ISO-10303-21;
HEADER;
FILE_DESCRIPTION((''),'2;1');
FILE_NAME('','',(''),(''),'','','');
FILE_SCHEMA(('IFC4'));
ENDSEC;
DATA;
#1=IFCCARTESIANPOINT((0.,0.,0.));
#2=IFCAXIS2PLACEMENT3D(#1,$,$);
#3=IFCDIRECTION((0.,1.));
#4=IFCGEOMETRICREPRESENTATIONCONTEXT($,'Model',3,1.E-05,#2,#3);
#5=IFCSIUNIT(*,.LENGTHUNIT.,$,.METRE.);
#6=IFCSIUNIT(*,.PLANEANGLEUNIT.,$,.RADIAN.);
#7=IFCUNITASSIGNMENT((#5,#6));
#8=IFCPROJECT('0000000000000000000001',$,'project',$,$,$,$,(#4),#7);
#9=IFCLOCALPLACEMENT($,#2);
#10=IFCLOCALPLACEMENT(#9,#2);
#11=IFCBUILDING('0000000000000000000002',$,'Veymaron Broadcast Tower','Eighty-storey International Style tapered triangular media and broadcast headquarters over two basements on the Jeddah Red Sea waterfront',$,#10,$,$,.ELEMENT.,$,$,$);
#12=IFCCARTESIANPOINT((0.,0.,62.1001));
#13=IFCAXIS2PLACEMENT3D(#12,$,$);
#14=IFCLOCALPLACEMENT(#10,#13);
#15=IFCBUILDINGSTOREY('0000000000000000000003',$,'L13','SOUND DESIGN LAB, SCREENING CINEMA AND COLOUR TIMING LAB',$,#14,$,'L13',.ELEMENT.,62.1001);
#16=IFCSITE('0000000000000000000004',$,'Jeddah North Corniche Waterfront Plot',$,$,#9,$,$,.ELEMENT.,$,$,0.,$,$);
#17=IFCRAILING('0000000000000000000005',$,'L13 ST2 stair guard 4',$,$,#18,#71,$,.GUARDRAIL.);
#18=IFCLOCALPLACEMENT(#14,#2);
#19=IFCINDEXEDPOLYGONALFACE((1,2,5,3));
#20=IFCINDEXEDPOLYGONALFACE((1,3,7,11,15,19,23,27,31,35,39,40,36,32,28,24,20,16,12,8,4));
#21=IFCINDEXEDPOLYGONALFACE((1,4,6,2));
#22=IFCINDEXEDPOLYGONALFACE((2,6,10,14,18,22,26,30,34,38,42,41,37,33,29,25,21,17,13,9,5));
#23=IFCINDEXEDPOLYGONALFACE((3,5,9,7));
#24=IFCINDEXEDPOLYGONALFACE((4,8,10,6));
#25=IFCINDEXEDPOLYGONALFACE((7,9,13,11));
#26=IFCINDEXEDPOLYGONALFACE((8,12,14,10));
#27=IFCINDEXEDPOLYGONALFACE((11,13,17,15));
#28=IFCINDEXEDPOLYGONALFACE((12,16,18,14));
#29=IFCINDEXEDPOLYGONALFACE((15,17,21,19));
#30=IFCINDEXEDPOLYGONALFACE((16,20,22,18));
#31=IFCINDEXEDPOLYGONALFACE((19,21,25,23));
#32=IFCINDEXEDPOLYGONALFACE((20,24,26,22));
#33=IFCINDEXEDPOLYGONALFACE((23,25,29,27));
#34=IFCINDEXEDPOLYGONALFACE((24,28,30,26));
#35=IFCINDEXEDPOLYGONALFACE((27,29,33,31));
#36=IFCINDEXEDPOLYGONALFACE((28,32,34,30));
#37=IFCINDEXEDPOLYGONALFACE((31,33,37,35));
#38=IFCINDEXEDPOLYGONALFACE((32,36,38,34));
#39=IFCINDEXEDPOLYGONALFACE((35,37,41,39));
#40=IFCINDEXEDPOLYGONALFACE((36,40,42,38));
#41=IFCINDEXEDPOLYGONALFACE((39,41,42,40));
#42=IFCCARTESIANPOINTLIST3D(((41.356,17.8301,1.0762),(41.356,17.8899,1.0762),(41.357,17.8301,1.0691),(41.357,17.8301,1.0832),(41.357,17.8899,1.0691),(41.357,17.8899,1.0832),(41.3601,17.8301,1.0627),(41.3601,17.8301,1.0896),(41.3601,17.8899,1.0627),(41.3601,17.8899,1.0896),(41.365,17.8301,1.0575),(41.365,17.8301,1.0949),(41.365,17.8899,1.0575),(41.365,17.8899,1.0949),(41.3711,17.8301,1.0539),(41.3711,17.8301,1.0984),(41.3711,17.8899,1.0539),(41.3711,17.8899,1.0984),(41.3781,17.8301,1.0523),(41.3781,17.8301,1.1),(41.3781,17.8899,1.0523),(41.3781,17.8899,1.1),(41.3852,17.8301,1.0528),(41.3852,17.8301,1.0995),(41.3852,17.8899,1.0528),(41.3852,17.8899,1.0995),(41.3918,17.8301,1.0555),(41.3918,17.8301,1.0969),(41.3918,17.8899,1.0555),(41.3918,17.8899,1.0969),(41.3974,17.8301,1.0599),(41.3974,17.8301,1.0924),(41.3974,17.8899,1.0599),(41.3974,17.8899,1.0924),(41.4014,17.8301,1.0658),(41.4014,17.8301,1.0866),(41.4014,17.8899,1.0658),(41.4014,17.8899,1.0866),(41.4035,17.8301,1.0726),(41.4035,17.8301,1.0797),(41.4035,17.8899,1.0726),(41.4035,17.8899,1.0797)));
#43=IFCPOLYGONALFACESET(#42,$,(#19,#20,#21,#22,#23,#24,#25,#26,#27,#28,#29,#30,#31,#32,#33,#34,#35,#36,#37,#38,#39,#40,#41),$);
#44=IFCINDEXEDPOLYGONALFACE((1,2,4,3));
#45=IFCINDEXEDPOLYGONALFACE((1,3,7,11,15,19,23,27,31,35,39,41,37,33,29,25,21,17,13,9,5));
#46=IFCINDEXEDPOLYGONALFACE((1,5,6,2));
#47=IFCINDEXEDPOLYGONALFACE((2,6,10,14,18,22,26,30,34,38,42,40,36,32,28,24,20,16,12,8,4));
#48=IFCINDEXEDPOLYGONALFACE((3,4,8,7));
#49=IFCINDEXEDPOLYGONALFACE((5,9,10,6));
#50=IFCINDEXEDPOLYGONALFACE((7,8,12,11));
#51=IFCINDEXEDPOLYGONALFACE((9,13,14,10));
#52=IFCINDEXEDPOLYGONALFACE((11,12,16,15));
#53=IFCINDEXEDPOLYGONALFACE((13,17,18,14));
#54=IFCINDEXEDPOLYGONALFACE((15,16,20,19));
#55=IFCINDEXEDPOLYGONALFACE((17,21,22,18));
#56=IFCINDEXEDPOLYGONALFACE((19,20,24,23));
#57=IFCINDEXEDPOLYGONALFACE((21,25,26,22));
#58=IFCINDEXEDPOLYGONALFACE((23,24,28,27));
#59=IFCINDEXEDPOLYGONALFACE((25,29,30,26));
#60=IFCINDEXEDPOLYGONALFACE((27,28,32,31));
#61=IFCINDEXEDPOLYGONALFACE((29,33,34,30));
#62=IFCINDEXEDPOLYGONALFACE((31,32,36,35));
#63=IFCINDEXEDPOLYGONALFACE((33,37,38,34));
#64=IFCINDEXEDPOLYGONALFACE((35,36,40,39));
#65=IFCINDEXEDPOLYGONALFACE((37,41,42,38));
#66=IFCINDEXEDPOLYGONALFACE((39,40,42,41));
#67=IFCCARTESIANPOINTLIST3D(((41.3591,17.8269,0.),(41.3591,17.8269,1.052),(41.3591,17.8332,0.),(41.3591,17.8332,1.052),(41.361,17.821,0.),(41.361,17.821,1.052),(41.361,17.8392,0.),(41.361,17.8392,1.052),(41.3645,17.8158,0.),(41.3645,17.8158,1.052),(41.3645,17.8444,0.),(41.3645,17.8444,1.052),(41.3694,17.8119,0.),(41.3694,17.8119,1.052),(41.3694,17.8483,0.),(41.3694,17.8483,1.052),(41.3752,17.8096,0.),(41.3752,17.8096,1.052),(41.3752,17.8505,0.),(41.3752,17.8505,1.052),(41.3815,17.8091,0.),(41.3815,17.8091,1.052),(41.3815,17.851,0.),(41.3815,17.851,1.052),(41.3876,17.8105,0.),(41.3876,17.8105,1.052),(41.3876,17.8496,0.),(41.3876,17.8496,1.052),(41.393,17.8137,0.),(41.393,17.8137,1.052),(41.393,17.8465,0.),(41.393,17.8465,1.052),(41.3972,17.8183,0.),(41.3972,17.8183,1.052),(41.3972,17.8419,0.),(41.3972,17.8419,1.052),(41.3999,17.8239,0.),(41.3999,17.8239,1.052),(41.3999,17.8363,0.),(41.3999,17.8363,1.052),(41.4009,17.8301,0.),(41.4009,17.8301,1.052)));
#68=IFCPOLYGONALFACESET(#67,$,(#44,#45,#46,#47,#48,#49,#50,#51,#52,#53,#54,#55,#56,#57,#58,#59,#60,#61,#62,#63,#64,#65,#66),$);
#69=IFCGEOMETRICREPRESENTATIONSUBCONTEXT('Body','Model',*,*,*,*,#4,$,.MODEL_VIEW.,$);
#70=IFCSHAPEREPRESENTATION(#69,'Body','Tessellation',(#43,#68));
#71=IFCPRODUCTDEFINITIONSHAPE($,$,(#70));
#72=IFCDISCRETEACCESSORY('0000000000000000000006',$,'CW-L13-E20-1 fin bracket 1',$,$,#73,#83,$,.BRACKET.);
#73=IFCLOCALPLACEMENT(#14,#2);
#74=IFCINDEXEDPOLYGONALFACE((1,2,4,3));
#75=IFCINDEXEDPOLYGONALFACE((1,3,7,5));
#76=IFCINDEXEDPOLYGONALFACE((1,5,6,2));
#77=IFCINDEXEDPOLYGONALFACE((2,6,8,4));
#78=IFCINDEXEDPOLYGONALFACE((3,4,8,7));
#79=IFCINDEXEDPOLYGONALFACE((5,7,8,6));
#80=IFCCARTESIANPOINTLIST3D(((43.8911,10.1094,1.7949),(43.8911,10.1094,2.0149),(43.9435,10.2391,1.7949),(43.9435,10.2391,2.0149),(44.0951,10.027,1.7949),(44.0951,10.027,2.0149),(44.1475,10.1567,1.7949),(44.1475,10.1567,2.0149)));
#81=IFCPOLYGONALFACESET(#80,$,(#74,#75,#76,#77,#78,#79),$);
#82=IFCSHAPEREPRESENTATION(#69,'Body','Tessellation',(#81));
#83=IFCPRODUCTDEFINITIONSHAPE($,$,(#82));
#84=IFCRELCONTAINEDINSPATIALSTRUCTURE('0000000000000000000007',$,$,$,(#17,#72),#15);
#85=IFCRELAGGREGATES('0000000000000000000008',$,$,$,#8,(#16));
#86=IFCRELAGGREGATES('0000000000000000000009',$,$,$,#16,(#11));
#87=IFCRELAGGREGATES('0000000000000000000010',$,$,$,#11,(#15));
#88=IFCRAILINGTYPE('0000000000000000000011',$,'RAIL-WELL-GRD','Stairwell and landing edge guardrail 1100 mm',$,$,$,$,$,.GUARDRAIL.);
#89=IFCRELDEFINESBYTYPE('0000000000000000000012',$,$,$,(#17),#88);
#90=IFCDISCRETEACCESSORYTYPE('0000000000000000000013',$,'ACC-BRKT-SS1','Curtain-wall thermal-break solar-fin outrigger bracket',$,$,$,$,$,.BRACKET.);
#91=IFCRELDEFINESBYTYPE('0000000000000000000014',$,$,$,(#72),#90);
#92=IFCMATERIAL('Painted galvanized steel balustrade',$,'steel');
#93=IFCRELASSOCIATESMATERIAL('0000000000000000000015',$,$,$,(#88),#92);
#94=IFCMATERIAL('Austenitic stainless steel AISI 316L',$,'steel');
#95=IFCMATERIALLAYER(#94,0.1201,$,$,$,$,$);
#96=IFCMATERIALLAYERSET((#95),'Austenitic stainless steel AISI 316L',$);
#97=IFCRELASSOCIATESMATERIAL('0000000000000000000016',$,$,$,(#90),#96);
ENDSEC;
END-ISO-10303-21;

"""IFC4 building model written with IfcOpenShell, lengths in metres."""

from ifc_helpers import new_model, si_unit, direction, frame, origin, origin_2d, place, context, subcontext, project, spatial, rectangle, circle, extrude, material, layer, layer_set, type_object, element, save


model = new_model("IFC4")

# Units and contexts
model_context = context("Model", 3, precision=1e-05, world=origin(), true_north=direction((0.0, 1.0)))
body_context = subcontext(model_context, "Body", "Model", "MODEL_VIEW")
ifc_project = project(units=[si_unit("LENGTHUNIT", "METRE"), si_unit("PLANEANGLEUNIT", "RADIAN")], contexts=[model_context])

# Site, building, storey
site_placement = place(None, origin())
site = spatial("IfcSite", under=ifc_project, at=site_placement, Name="Jeddah North Corniche Waterfront Plot", CompositionType="ELEMENT", RefElevation=0.0)
building_placement = place(site_placement, origin())
building = spatial("IfcBuilding", under=site, at=building_placement, Name="Veymaron Broadcast Tower", Description="Eighty-storey International Style tapered triangular media and broadcast headquarters over two basements on the Jeddah Red Sea waterfront", CompositionType="ELEMENT")
storey_placement = place(building_placement, frame((0.0, 0.0, 62.1001)))
storey = spatial("IfcBuildingStorey", under=building, at=storey_placement, Name="L13", Description="SOUND DESIGN LAB, SCREENING CINEMA AND COLOUR TIMING LAB", LongName="L13", CompositionType="ELEMENT", Elevation=62.1001)

# Railing
ifc_material_1 = material(Name="Painted galvanized steel balustrade", Category="steel")
railing_type_1 = type_object("IfcRailingType", Name="RAIL-WELL-GRD", Description="Stairwell and landing edge guardrail 1100 mm", PredefinedType="GUARDRAIL", material=ifc_material_1)
railing_1_placement = place(storey_placement, frame((41.3799, 17.8301, 0.0)))
element("IfcRailing", 1, at=railing_1_placement, inside=storey, type_object=railing_type_1, Name="L13 ST2 stair guard 4", PredefinedType="GUARDRAIL", context=body_context, shape_type="SweptSolid", body=[
    extrude(circle(Radius=0.0239, at=origin_2d()), frame((0.0, 0.0, 1.0762), z_axis=(0.0, 1.0, 0.0), x_axis=(-1.0, 0.0, 0.0)), (0.0, 0.0, 1.0), 0.0598),
    extrude(circle(Radius=0.021, at=origin_2d()), origin(), (0.0, 0.0, 1.0), 1.052),
])

# Discrete accessory
ifc_material_2 = material(Name="Austenitic stainless steel AISI 316L", Category="steel")
ifc_layer_1 = layer(ifc_material_2, 0.1201)
ifc_layer_set_1 = layer_set([ifc_layer_1], Name="Austenitic stainless steel AISI 316L")
discrete_accessory_type = type_object("IfcDiscreteAccessoryType", Name="ACC-BRKT-SS1", Description="Curtain-wall thermal-break solar-fin outrigger bracket", PredefinedType="BRACKET", material=ifc_layer_set_1)
discrete_accessory_placement = place(storey_placement, frame((44.0193, 10.1331, 1.7949), z_axis=(0.0, 0.0, 1.0), x_axis=(0.927145, -0.374704, 0.0)))
element("IfcDiscreteAccessory", 2, at=discrete_accessory_placement, inside=storey, type_object=discrete_accessory_type, Name="CW-L13-E20-1 fin bracket 1", PredefinedType="BRACKET", context=body_context, shape_type="SweptSolid", body=[
    extrude(rectangle(XDim=0.22, YDim=0.1399, at=origin_2d()), origin(), (0.0, 0.0, 1.0), 0.22),
])

save(model, "model.ifc")
